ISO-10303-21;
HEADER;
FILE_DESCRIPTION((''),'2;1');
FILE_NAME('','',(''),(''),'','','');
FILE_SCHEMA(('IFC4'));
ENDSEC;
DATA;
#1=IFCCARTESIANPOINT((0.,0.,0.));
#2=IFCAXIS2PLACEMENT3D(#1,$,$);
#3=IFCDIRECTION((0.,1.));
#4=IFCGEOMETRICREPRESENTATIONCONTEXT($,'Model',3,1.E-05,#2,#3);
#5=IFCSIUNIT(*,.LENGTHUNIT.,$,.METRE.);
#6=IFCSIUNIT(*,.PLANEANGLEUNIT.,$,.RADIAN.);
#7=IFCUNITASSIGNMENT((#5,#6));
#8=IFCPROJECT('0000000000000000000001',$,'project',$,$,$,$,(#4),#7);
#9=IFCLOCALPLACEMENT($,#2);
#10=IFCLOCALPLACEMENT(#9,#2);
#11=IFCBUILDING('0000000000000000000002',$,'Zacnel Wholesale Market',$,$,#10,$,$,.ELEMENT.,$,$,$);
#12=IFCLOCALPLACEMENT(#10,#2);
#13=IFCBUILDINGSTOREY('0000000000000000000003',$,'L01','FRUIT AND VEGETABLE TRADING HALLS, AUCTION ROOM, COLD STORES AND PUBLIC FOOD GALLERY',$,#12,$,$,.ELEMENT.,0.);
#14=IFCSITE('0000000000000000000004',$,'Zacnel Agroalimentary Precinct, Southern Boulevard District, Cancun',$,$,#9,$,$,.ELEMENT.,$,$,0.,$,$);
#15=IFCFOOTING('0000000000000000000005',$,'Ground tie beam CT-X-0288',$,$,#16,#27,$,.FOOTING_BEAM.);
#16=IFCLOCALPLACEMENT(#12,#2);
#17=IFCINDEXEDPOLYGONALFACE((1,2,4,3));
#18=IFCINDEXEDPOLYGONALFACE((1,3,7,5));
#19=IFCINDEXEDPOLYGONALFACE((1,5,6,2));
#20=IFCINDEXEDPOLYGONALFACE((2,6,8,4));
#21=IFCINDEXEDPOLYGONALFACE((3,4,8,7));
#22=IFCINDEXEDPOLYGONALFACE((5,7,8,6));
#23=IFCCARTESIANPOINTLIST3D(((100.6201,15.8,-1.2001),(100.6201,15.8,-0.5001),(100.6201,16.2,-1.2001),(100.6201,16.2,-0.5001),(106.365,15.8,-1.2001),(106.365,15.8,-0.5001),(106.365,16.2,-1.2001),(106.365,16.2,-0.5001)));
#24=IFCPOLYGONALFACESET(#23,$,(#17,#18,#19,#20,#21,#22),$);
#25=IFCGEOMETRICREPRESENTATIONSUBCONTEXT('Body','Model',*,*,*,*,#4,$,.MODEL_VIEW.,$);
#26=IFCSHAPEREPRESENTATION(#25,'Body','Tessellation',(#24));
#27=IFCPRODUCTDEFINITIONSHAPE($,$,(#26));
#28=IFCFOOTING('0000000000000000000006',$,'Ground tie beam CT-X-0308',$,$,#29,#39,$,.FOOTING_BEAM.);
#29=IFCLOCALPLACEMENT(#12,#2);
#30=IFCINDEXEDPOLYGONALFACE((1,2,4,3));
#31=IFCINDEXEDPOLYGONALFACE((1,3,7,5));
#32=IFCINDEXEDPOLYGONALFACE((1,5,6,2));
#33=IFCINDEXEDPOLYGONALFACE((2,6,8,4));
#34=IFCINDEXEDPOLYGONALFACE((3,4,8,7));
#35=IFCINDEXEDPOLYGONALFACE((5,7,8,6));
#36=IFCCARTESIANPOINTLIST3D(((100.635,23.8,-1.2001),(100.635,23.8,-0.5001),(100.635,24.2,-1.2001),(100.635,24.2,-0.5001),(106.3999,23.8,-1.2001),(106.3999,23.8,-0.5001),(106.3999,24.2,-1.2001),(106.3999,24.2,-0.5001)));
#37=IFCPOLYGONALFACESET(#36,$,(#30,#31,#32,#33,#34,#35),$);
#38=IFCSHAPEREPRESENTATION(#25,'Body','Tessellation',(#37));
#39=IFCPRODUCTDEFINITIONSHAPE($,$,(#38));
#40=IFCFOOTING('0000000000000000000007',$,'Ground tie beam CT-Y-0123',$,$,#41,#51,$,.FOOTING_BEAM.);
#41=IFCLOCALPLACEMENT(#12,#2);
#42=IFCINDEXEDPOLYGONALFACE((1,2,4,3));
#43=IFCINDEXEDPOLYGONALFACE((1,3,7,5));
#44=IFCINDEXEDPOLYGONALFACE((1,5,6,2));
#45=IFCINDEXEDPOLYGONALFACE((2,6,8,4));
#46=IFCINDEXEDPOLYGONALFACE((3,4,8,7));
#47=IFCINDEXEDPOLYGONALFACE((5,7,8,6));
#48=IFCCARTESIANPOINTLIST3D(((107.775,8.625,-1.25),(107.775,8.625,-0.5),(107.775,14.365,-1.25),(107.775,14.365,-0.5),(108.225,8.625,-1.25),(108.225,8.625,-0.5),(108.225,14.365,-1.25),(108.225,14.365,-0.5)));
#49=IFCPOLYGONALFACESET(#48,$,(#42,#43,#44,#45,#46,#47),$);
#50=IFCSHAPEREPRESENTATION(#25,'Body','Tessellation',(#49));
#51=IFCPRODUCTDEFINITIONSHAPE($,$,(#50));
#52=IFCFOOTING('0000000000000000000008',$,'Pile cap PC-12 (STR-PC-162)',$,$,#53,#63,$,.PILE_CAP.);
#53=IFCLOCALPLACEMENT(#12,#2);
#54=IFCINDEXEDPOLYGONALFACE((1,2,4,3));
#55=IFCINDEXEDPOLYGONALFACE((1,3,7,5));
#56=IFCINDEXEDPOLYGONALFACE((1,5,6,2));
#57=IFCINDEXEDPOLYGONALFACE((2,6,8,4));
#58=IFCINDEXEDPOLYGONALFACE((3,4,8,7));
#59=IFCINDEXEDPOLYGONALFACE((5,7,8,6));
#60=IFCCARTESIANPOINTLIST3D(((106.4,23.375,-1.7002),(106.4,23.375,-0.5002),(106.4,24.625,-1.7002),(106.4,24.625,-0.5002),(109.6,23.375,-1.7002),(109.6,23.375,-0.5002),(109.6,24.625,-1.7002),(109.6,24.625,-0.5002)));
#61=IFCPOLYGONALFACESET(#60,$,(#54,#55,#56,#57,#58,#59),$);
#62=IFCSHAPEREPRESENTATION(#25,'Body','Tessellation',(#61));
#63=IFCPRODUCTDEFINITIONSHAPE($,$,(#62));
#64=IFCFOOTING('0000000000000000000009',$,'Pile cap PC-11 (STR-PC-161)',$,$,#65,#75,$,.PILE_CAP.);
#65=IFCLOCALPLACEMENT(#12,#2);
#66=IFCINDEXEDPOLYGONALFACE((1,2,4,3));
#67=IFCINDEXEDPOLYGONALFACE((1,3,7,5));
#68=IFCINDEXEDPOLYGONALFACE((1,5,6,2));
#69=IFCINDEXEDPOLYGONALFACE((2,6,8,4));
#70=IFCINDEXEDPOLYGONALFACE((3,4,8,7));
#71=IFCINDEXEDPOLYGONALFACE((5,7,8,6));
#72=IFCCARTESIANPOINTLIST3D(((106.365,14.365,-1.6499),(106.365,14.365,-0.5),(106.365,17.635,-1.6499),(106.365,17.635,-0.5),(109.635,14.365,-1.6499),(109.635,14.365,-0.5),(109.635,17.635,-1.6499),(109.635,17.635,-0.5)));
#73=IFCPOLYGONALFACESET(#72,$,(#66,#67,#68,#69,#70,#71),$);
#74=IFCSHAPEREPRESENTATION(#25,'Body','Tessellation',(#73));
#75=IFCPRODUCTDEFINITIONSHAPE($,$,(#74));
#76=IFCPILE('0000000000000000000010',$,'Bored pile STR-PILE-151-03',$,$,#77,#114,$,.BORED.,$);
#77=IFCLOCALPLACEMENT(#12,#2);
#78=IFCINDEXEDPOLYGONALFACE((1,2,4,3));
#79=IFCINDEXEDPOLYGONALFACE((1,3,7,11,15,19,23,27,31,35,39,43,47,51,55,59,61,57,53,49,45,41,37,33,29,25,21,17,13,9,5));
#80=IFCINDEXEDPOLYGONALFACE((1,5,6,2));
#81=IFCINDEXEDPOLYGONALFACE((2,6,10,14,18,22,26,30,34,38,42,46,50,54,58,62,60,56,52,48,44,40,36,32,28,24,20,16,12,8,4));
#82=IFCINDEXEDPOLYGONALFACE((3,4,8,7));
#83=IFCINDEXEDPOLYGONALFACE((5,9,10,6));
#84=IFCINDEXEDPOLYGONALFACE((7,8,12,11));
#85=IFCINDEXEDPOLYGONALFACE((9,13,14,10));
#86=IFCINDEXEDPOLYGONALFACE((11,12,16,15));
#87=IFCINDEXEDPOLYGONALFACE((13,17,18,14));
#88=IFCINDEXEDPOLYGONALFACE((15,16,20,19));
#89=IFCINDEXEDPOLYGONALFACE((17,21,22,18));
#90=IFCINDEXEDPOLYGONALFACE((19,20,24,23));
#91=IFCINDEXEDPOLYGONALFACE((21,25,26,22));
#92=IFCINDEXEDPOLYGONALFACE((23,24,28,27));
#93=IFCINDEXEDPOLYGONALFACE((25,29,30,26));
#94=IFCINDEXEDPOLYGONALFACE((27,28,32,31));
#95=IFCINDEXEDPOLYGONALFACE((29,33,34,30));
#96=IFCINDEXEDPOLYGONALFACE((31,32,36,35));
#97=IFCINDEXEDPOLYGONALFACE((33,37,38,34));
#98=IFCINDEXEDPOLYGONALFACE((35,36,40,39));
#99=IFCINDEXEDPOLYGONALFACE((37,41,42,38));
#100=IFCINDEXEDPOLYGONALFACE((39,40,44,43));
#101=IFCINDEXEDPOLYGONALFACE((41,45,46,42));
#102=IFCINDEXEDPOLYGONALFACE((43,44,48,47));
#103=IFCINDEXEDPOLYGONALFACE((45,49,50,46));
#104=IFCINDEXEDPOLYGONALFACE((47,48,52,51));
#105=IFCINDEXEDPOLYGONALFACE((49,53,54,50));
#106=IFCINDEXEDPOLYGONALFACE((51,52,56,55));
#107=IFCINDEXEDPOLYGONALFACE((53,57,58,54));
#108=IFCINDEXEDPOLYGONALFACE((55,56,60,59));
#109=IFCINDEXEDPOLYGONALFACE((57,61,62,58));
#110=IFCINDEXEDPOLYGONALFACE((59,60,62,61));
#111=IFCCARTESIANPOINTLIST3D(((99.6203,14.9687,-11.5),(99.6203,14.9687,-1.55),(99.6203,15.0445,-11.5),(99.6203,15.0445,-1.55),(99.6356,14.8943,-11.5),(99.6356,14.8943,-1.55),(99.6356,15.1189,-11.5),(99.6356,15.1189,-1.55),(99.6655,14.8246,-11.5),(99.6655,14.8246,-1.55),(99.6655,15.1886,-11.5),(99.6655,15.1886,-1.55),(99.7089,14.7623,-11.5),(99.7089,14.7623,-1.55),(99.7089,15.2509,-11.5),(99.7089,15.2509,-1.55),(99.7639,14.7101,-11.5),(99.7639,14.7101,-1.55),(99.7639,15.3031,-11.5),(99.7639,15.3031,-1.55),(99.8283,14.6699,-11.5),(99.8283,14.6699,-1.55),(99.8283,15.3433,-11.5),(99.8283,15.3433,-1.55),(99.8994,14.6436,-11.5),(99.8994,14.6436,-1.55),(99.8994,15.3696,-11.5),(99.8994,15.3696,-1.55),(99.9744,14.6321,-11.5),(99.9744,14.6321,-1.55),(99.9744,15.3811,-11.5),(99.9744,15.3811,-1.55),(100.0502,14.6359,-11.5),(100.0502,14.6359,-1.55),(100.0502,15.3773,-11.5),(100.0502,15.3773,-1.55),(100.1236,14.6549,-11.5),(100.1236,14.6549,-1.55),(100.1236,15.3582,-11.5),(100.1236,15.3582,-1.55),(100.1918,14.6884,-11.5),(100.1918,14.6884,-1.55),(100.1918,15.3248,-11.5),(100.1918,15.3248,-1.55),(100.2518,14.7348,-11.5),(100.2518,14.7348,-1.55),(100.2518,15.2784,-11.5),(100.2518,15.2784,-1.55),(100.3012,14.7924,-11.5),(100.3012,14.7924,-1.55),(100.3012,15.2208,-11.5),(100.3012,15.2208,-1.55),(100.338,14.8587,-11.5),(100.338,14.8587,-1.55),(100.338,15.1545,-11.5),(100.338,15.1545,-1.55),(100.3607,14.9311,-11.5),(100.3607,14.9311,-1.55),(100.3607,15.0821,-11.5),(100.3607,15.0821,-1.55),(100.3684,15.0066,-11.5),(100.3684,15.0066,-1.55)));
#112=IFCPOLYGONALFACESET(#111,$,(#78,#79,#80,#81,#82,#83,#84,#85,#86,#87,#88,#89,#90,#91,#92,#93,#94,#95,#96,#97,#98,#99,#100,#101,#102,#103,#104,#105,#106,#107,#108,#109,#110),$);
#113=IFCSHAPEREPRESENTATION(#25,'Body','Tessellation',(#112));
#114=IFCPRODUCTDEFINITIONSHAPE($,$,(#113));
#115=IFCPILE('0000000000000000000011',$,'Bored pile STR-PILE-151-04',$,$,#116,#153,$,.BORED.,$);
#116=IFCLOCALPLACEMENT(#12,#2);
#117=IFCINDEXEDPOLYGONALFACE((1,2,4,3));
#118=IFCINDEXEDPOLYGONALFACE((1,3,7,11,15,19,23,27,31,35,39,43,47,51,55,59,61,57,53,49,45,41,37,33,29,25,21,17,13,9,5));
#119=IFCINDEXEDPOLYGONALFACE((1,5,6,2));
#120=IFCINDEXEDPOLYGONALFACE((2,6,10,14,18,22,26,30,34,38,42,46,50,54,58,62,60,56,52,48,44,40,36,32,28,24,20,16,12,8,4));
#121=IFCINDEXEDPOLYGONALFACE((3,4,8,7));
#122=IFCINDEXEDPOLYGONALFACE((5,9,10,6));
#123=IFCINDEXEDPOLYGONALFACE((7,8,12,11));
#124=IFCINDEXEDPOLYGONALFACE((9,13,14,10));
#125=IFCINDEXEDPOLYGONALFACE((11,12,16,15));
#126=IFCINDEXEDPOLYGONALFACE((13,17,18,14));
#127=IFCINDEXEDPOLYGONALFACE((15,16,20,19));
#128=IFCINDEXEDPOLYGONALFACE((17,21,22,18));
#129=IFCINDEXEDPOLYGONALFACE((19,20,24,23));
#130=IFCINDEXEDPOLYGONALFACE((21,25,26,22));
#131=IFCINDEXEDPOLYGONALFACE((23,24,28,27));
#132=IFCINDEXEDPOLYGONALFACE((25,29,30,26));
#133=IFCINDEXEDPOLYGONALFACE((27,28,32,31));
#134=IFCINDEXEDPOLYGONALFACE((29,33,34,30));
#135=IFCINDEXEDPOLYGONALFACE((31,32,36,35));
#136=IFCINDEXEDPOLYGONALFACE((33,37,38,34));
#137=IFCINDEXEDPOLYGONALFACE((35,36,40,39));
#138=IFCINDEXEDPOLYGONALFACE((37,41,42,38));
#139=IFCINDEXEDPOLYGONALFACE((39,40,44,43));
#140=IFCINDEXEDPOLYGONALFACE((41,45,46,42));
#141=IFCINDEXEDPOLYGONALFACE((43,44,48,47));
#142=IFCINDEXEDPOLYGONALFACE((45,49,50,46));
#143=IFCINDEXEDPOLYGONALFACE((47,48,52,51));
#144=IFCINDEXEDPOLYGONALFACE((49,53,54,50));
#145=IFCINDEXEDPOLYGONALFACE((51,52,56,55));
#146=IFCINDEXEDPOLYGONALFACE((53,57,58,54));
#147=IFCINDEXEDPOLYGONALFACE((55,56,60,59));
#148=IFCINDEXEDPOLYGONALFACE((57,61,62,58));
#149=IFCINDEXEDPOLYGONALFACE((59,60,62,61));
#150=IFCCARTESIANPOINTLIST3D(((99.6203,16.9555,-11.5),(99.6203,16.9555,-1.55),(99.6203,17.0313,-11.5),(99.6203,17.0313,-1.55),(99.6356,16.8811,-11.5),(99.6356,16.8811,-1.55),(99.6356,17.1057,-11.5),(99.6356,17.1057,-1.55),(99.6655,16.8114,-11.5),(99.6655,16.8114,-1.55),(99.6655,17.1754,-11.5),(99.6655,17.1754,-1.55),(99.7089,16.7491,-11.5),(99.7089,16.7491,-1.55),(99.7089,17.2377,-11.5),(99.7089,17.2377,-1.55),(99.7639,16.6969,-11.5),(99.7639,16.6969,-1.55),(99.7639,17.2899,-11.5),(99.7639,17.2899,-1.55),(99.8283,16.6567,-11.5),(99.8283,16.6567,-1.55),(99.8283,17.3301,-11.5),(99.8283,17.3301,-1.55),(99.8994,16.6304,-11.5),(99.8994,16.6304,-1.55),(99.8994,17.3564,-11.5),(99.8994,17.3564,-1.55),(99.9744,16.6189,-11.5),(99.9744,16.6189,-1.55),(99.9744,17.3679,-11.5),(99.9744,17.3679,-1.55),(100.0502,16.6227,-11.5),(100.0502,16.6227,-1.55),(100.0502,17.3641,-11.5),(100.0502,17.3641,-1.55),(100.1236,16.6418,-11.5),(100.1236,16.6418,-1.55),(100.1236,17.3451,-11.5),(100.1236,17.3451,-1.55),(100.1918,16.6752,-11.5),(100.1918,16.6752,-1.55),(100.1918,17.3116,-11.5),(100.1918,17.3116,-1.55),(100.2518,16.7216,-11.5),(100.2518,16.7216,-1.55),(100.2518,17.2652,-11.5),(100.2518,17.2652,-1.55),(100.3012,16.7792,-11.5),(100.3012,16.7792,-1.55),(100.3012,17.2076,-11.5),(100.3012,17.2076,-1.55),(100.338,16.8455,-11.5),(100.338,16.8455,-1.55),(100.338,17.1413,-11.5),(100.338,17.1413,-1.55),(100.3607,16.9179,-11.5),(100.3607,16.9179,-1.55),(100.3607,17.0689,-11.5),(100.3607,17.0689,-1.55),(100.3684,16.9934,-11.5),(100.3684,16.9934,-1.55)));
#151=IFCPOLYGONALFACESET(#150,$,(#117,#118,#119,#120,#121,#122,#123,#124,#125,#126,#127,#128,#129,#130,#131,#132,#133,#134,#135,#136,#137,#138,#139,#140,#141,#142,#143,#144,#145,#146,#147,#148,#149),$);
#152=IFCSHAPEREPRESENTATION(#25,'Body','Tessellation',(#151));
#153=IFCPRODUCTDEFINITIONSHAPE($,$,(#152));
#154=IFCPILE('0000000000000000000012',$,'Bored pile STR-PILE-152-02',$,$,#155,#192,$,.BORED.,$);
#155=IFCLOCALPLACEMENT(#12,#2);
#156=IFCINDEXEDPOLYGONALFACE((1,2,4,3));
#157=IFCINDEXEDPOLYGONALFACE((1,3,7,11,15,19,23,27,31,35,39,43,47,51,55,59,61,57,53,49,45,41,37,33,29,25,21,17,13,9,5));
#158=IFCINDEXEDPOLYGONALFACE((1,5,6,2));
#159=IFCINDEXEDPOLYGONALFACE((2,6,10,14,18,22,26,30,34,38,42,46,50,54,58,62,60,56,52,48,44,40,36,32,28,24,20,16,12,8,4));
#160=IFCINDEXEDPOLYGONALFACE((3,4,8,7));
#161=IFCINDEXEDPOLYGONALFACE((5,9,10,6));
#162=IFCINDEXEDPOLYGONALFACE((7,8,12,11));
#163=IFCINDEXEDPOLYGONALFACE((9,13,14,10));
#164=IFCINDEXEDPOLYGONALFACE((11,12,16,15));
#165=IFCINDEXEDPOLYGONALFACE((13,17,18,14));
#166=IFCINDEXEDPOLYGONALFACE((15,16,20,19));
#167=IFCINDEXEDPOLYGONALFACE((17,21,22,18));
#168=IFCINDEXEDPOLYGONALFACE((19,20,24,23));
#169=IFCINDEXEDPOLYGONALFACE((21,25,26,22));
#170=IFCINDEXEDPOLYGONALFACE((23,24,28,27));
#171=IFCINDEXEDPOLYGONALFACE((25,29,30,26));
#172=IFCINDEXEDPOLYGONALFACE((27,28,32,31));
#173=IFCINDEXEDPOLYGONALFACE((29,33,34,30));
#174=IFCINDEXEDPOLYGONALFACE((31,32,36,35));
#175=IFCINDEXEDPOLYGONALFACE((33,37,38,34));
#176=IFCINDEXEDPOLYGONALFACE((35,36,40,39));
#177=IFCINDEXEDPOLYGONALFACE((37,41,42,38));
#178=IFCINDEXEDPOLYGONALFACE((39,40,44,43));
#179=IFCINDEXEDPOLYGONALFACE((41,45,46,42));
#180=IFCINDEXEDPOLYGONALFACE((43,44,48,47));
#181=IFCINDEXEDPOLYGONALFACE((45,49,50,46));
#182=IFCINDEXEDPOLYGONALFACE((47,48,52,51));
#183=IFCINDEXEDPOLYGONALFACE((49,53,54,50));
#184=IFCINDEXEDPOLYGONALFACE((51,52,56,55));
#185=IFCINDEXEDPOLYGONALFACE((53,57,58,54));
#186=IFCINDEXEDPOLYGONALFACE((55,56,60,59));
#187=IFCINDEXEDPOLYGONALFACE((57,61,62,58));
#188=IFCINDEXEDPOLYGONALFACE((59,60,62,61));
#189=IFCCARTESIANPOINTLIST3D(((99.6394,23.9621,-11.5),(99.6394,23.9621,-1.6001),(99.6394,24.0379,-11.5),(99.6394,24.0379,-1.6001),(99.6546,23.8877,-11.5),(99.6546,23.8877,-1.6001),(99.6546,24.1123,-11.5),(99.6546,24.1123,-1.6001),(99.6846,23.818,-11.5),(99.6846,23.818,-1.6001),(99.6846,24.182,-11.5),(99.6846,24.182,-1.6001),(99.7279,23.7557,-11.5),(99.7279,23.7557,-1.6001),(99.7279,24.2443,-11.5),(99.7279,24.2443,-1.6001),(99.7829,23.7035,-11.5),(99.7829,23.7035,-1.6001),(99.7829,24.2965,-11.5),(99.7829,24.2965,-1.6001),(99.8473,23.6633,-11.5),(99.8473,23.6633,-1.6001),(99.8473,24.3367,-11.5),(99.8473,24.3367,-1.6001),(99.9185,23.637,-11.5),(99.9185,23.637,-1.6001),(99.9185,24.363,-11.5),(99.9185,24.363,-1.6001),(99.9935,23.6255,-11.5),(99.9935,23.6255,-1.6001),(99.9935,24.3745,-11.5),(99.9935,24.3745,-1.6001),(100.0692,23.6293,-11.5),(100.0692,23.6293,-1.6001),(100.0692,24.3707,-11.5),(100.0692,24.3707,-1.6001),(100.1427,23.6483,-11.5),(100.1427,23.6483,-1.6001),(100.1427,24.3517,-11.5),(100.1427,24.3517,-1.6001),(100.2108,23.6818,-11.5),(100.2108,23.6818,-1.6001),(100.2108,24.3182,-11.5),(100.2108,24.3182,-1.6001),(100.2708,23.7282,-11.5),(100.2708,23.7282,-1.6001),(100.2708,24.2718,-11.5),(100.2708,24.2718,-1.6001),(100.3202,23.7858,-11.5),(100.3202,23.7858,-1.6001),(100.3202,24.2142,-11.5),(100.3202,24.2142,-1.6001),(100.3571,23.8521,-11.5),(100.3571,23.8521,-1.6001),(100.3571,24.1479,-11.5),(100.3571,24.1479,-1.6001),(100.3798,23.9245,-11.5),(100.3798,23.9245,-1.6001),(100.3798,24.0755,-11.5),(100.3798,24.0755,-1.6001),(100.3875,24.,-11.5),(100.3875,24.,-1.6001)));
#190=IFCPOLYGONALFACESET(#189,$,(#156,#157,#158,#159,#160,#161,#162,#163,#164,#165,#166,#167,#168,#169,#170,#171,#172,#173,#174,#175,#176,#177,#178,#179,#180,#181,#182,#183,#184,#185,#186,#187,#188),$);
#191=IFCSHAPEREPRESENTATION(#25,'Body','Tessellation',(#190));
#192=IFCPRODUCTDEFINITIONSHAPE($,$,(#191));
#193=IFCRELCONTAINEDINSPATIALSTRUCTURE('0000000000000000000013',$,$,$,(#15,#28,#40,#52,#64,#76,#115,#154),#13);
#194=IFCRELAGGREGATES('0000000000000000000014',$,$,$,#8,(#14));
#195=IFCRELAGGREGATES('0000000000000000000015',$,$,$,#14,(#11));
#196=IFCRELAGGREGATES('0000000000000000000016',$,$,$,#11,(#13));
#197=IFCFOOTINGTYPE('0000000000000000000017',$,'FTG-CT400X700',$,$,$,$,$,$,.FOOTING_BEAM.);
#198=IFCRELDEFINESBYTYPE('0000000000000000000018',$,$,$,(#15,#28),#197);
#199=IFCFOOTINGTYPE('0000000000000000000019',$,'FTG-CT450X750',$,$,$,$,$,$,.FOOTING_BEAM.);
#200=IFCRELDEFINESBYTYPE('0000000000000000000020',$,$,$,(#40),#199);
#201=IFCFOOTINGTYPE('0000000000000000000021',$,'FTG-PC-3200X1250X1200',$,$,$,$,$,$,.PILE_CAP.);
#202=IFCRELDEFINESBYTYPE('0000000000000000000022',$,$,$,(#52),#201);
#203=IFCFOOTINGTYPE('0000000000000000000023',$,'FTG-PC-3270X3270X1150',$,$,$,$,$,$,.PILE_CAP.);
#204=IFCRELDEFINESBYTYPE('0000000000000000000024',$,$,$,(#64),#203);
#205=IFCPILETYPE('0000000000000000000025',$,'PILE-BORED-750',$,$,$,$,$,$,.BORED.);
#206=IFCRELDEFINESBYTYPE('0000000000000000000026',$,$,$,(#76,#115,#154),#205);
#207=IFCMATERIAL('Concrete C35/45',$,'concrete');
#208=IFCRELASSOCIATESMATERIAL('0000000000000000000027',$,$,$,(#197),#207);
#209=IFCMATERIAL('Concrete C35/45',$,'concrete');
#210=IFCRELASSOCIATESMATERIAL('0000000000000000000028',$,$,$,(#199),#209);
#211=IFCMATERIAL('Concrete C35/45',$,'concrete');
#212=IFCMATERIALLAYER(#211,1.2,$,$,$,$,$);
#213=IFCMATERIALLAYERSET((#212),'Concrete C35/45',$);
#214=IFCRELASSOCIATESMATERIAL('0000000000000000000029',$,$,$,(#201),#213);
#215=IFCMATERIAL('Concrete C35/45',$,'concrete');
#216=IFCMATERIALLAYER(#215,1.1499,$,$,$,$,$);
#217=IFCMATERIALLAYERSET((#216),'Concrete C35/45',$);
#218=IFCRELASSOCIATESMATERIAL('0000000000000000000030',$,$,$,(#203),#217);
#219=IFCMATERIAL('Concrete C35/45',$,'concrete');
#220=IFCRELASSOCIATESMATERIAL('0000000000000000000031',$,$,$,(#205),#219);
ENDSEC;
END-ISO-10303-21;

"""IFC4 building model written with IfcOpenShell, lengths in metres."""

from ifc_helpers import new_model, si_unit, direction, frame, origin, origin_2d, place, context, subcontext, project, spatial, rectangle, circle, extrude, material, layer, layer_set, material_profile, profile_set, type_object, element, save


model = new_model("IFC4")

# Units and contexts
model_context = context("Model", 3, precision=1e-05, world=origin(), true_north=direction((0.0, 1.0)))
body_context = subcontext(model_context, "Body", "Model", "MODEL_VIEW")
ifc_project = project(units=[si_unit("LENGTHUNIT", "METRE"), si_unit("PLANEANGLEUNIT", "RADIAN")], contexts=[model_context])

# Site, building, storey
site_placement = place(None, origin())
site = spatial("IfcSite", under=ifc_project, at=site_placement, Name="Zacnel Agroalimentary Precinct, Southern Boulevard District, Cancun", CompositionType="ELEMENT", RefElevation=0.0)
building_placement = place(site_placement, origin())
building = spatial("IfcBuilding", under=site, at=building_placement, Name="Zacnel Wholesale Market", CompositionType="ELEMENT")
storey_placement = place(building_placement, origin())
storey = spatial("IfcBuildingStorey", under=building, at=storey_placement, Name="L01", Description="FRUIT AND VEGETABLE TRADING HALLS, AUCTION ROOM, COLD STORES AND PUBLIC FOOD GALLERY", CompositionType="ELEMENT", Elevation=0.0)

# Footings
ifc_material_1 = material(Name="Concrete C35/45", Category="concrete")
ifc_material_profile_1 = material_profile(ifc_material_1, rectangle(XDim=0.3999, YDim=0.7, at=origin_2d()), Name="CT 400x700")
ifc_profile_set_1 = profile_set([ifc_material_profile_1], Name="Concrete C35/45")
footing_type_1 = type_object("IfcFootingType", Name="FTG-CT400X700", PredefinedType="FOOTING_BEAM", material=ifc_profile_set_1)
footing_1_placement = place(storey_placement, frame((100.6201, 16.0, -0.8501), z_axis=(1.0, 0.0, 0.0), x_axis=(0.0, 1.0, 0.0)))
element("IfcFooting", 1, at=footing_1_placement, inside=storey, type_object=footing_type_1, Name="Ground tie beam CT-X-0288", PredefinedType="FOOTING_BEAM", context=body_context, shape_type="SweptSolid", body=[
    extrude(rectangle(XDim=0.3999, YDim=0.7, at=origin_2d()), origin(), (0.0, 0.0, 1.0), 5.7449),
])
footing_2_placement = place(storey_placement, frame((100.635, 24.0, -0.8501), z_axis=(1.0, 0.0, 0.0), x_axis=(0.0, 1.0, 0.0)))
element("IfcFooting", 2, at=footing_2_placement, inside=storey, type_object=footing_type_1, Name="Ground tie beam CT-X-0308", PredefinedType="FOOTING_BEAM", context=body_context, shape_type="SweptSolid", body=[
    extrude(rectangle(XDim=0.3999, YDim=0.7, at=origin_2d()), origin(), (0.0, 0.0, 1.0), 5.7649),
])
ifc_material_2 = material(Name="Concrete C35/45", Category="concrete")
ifc_material_profile_2 = material_profile(ifc_material_2, rectangle(XDim=0.45, YDim=0.75, at=origin_2d()), Name="CT 450x750")
ifc_profile_set_2 = profile_set([ifc_material_profile_2], Name="Concrete C35/45")
footing_type_2 = type_object("IfcFootingType", Name="FTG-CT450X750", PredefinedType="FOOTING_BEAM", material=ifc_profile_set_2)
footing_3_placement = place(storey_placement, frame((108.0, 8.625, -0.875), z_axis=(0.0, 1.0, 0.0), x_axis=(-1.0, 0.0, 0.0)))
element("IfcFooting", 3, at=footing_3_placement, inside=storey, type_object=footing_type_2, Name="Ground tie beam CT-Y-0123", PredefinedType="FOOTING_BEAM", context=body_context, shape_type="SweptSolid", body=[
    extrude(rectangle(XDim=0.45, YDim=0.75, at=origin_2d()), origin(), (0.0, 0.0, 1.0), 5.74),
])
ifc_material_3 = material(Name="Concrete C35/45", Category="concrete")
ifc_layer_1 = layer(ifc_material_3, 1.2)
ifc_layer_set_1 = layer_set([ifc_layer_1], Name="Concrete C35/45")
footing_type_3 = type_object("IfcFootingType", Name="FTG-PC-3200X1250X1200", PredefinedType="PILE_CAP", material=ifc_layer_set_1)
footing_4_placement = place(storey_placement, frame((108.0, 24.0, -1.7002), z_axis=(0.0, 0.0, 1.0), x_axis=(1.0, 0.0, 0.0)))
element("IfcFooting", 4, at=footing_4_placement, inside=storey, type_object=footing_type_3, Name="Pile cap PC-12 (STR-PC-162)", PredefinedType="PILE_CAP", context=body_context, shape_type="SweptSolid", body=[
    extrude(rectangle(XDim=3.2, YDim=1.25, at=origin_2d()), origin(), (0.0, 0.0, 1.0), 1.2),
])
ifc_material_4 = material(Name="Concrete C35/45", Category="concrete")
ifc_layer_2 = layer(ifc_material_4, 1.1499)
ifc_layer_set_2 = layer_set([ifc_layer_2], Name="Concrete C35/45")
footing_type_4 = type_object("IfcFootingType", Name="FTG-PC-3270X3270X1150", PredefinedType="PILE_CAP", material=ifc_layer_set_2)
footing_5_placement = place(storey_placement, frame((108.0, 16.0, -1.6499), z_axis=(0.0, 0.0, 1.0), x_axis=(1.0, 0.0, 0.0)))
element("IfcFooting", 5, at=footing_5_placement, inside=storey, type_object=footing_type_4, Name="Pile cap PC-11 (STR-PC-161)", PredefinedType="PILE_CAP", context=body_context, shape_type="SweptSolid", body=[
    extrude(rectangle(XDim=3.27, YDim=3.27, at=origin_2d()), origin(), (0.0, 0.0, 1.0), 1.1499),
])

# Piles
ifc_material_5 = material(Name="Concrete C35/45", Category="concrete")
ifc_material_profile_3 = material_profile(ifc_material_5, circle(Radius=0.375, at=origin_2d()), Name="BORED PILE D750")
ifc_profile_set_3 = profile_set([ifc_material_profile_3], Name="Concrete C35/45")
pile_type = type_object("IfcPileType", Name="PILE-BORED-750", PredefinedType="BORED", material=ifc_profile_set_3)
for number, where, z_axis, x_axis, name in (
    (6, (99.9934, 15.0066, -1.55), (0.0, 0.0, -1.0), (1.0, 0.0, 0.0), "Bored pile STR-PILE-151-03"),
    (7, (99.9934, 16.9934, -1.55), (0.0, 0.0, -1.0), (1.0, 0.0, 0.0), "Bored pile STR-PILE-151-04"),
):
    element("IfcPile", number, at=place(storey_placement, frame(where, z_axis=z_axis, x_axis=x_axis)), inside=storey, type_object=pile_type, Name=name, PredefinedType="BORED", context=body_context, shape_type="SweptSolid", body=[
        extrude(circle(Radius=0.375, at=origin_2d()), origin(), (0.0, 0.0, 1.0), 9.95),
    ])
pile_placement = place(storey_placement, frame((100.0125, 24.0, -1.6001), z_axis=(0.0, 0.0, -1.0), x_axis=(1.0, 0.0, 0.0)))
element("IfcPile", 8, at=pile_placement, inside=storey, type_object=pile_type, Name="Bored pile STR-PILE-152-02", PredefinedType="BORED", context=body_context, shape_type="SweptSolid", body=[
    extrude(circle(Radius=0.375, at=origin_2d()), origin(), (0.0, 0.0, 1.0), 9.8999),
])

save(model, "model.ifc")
